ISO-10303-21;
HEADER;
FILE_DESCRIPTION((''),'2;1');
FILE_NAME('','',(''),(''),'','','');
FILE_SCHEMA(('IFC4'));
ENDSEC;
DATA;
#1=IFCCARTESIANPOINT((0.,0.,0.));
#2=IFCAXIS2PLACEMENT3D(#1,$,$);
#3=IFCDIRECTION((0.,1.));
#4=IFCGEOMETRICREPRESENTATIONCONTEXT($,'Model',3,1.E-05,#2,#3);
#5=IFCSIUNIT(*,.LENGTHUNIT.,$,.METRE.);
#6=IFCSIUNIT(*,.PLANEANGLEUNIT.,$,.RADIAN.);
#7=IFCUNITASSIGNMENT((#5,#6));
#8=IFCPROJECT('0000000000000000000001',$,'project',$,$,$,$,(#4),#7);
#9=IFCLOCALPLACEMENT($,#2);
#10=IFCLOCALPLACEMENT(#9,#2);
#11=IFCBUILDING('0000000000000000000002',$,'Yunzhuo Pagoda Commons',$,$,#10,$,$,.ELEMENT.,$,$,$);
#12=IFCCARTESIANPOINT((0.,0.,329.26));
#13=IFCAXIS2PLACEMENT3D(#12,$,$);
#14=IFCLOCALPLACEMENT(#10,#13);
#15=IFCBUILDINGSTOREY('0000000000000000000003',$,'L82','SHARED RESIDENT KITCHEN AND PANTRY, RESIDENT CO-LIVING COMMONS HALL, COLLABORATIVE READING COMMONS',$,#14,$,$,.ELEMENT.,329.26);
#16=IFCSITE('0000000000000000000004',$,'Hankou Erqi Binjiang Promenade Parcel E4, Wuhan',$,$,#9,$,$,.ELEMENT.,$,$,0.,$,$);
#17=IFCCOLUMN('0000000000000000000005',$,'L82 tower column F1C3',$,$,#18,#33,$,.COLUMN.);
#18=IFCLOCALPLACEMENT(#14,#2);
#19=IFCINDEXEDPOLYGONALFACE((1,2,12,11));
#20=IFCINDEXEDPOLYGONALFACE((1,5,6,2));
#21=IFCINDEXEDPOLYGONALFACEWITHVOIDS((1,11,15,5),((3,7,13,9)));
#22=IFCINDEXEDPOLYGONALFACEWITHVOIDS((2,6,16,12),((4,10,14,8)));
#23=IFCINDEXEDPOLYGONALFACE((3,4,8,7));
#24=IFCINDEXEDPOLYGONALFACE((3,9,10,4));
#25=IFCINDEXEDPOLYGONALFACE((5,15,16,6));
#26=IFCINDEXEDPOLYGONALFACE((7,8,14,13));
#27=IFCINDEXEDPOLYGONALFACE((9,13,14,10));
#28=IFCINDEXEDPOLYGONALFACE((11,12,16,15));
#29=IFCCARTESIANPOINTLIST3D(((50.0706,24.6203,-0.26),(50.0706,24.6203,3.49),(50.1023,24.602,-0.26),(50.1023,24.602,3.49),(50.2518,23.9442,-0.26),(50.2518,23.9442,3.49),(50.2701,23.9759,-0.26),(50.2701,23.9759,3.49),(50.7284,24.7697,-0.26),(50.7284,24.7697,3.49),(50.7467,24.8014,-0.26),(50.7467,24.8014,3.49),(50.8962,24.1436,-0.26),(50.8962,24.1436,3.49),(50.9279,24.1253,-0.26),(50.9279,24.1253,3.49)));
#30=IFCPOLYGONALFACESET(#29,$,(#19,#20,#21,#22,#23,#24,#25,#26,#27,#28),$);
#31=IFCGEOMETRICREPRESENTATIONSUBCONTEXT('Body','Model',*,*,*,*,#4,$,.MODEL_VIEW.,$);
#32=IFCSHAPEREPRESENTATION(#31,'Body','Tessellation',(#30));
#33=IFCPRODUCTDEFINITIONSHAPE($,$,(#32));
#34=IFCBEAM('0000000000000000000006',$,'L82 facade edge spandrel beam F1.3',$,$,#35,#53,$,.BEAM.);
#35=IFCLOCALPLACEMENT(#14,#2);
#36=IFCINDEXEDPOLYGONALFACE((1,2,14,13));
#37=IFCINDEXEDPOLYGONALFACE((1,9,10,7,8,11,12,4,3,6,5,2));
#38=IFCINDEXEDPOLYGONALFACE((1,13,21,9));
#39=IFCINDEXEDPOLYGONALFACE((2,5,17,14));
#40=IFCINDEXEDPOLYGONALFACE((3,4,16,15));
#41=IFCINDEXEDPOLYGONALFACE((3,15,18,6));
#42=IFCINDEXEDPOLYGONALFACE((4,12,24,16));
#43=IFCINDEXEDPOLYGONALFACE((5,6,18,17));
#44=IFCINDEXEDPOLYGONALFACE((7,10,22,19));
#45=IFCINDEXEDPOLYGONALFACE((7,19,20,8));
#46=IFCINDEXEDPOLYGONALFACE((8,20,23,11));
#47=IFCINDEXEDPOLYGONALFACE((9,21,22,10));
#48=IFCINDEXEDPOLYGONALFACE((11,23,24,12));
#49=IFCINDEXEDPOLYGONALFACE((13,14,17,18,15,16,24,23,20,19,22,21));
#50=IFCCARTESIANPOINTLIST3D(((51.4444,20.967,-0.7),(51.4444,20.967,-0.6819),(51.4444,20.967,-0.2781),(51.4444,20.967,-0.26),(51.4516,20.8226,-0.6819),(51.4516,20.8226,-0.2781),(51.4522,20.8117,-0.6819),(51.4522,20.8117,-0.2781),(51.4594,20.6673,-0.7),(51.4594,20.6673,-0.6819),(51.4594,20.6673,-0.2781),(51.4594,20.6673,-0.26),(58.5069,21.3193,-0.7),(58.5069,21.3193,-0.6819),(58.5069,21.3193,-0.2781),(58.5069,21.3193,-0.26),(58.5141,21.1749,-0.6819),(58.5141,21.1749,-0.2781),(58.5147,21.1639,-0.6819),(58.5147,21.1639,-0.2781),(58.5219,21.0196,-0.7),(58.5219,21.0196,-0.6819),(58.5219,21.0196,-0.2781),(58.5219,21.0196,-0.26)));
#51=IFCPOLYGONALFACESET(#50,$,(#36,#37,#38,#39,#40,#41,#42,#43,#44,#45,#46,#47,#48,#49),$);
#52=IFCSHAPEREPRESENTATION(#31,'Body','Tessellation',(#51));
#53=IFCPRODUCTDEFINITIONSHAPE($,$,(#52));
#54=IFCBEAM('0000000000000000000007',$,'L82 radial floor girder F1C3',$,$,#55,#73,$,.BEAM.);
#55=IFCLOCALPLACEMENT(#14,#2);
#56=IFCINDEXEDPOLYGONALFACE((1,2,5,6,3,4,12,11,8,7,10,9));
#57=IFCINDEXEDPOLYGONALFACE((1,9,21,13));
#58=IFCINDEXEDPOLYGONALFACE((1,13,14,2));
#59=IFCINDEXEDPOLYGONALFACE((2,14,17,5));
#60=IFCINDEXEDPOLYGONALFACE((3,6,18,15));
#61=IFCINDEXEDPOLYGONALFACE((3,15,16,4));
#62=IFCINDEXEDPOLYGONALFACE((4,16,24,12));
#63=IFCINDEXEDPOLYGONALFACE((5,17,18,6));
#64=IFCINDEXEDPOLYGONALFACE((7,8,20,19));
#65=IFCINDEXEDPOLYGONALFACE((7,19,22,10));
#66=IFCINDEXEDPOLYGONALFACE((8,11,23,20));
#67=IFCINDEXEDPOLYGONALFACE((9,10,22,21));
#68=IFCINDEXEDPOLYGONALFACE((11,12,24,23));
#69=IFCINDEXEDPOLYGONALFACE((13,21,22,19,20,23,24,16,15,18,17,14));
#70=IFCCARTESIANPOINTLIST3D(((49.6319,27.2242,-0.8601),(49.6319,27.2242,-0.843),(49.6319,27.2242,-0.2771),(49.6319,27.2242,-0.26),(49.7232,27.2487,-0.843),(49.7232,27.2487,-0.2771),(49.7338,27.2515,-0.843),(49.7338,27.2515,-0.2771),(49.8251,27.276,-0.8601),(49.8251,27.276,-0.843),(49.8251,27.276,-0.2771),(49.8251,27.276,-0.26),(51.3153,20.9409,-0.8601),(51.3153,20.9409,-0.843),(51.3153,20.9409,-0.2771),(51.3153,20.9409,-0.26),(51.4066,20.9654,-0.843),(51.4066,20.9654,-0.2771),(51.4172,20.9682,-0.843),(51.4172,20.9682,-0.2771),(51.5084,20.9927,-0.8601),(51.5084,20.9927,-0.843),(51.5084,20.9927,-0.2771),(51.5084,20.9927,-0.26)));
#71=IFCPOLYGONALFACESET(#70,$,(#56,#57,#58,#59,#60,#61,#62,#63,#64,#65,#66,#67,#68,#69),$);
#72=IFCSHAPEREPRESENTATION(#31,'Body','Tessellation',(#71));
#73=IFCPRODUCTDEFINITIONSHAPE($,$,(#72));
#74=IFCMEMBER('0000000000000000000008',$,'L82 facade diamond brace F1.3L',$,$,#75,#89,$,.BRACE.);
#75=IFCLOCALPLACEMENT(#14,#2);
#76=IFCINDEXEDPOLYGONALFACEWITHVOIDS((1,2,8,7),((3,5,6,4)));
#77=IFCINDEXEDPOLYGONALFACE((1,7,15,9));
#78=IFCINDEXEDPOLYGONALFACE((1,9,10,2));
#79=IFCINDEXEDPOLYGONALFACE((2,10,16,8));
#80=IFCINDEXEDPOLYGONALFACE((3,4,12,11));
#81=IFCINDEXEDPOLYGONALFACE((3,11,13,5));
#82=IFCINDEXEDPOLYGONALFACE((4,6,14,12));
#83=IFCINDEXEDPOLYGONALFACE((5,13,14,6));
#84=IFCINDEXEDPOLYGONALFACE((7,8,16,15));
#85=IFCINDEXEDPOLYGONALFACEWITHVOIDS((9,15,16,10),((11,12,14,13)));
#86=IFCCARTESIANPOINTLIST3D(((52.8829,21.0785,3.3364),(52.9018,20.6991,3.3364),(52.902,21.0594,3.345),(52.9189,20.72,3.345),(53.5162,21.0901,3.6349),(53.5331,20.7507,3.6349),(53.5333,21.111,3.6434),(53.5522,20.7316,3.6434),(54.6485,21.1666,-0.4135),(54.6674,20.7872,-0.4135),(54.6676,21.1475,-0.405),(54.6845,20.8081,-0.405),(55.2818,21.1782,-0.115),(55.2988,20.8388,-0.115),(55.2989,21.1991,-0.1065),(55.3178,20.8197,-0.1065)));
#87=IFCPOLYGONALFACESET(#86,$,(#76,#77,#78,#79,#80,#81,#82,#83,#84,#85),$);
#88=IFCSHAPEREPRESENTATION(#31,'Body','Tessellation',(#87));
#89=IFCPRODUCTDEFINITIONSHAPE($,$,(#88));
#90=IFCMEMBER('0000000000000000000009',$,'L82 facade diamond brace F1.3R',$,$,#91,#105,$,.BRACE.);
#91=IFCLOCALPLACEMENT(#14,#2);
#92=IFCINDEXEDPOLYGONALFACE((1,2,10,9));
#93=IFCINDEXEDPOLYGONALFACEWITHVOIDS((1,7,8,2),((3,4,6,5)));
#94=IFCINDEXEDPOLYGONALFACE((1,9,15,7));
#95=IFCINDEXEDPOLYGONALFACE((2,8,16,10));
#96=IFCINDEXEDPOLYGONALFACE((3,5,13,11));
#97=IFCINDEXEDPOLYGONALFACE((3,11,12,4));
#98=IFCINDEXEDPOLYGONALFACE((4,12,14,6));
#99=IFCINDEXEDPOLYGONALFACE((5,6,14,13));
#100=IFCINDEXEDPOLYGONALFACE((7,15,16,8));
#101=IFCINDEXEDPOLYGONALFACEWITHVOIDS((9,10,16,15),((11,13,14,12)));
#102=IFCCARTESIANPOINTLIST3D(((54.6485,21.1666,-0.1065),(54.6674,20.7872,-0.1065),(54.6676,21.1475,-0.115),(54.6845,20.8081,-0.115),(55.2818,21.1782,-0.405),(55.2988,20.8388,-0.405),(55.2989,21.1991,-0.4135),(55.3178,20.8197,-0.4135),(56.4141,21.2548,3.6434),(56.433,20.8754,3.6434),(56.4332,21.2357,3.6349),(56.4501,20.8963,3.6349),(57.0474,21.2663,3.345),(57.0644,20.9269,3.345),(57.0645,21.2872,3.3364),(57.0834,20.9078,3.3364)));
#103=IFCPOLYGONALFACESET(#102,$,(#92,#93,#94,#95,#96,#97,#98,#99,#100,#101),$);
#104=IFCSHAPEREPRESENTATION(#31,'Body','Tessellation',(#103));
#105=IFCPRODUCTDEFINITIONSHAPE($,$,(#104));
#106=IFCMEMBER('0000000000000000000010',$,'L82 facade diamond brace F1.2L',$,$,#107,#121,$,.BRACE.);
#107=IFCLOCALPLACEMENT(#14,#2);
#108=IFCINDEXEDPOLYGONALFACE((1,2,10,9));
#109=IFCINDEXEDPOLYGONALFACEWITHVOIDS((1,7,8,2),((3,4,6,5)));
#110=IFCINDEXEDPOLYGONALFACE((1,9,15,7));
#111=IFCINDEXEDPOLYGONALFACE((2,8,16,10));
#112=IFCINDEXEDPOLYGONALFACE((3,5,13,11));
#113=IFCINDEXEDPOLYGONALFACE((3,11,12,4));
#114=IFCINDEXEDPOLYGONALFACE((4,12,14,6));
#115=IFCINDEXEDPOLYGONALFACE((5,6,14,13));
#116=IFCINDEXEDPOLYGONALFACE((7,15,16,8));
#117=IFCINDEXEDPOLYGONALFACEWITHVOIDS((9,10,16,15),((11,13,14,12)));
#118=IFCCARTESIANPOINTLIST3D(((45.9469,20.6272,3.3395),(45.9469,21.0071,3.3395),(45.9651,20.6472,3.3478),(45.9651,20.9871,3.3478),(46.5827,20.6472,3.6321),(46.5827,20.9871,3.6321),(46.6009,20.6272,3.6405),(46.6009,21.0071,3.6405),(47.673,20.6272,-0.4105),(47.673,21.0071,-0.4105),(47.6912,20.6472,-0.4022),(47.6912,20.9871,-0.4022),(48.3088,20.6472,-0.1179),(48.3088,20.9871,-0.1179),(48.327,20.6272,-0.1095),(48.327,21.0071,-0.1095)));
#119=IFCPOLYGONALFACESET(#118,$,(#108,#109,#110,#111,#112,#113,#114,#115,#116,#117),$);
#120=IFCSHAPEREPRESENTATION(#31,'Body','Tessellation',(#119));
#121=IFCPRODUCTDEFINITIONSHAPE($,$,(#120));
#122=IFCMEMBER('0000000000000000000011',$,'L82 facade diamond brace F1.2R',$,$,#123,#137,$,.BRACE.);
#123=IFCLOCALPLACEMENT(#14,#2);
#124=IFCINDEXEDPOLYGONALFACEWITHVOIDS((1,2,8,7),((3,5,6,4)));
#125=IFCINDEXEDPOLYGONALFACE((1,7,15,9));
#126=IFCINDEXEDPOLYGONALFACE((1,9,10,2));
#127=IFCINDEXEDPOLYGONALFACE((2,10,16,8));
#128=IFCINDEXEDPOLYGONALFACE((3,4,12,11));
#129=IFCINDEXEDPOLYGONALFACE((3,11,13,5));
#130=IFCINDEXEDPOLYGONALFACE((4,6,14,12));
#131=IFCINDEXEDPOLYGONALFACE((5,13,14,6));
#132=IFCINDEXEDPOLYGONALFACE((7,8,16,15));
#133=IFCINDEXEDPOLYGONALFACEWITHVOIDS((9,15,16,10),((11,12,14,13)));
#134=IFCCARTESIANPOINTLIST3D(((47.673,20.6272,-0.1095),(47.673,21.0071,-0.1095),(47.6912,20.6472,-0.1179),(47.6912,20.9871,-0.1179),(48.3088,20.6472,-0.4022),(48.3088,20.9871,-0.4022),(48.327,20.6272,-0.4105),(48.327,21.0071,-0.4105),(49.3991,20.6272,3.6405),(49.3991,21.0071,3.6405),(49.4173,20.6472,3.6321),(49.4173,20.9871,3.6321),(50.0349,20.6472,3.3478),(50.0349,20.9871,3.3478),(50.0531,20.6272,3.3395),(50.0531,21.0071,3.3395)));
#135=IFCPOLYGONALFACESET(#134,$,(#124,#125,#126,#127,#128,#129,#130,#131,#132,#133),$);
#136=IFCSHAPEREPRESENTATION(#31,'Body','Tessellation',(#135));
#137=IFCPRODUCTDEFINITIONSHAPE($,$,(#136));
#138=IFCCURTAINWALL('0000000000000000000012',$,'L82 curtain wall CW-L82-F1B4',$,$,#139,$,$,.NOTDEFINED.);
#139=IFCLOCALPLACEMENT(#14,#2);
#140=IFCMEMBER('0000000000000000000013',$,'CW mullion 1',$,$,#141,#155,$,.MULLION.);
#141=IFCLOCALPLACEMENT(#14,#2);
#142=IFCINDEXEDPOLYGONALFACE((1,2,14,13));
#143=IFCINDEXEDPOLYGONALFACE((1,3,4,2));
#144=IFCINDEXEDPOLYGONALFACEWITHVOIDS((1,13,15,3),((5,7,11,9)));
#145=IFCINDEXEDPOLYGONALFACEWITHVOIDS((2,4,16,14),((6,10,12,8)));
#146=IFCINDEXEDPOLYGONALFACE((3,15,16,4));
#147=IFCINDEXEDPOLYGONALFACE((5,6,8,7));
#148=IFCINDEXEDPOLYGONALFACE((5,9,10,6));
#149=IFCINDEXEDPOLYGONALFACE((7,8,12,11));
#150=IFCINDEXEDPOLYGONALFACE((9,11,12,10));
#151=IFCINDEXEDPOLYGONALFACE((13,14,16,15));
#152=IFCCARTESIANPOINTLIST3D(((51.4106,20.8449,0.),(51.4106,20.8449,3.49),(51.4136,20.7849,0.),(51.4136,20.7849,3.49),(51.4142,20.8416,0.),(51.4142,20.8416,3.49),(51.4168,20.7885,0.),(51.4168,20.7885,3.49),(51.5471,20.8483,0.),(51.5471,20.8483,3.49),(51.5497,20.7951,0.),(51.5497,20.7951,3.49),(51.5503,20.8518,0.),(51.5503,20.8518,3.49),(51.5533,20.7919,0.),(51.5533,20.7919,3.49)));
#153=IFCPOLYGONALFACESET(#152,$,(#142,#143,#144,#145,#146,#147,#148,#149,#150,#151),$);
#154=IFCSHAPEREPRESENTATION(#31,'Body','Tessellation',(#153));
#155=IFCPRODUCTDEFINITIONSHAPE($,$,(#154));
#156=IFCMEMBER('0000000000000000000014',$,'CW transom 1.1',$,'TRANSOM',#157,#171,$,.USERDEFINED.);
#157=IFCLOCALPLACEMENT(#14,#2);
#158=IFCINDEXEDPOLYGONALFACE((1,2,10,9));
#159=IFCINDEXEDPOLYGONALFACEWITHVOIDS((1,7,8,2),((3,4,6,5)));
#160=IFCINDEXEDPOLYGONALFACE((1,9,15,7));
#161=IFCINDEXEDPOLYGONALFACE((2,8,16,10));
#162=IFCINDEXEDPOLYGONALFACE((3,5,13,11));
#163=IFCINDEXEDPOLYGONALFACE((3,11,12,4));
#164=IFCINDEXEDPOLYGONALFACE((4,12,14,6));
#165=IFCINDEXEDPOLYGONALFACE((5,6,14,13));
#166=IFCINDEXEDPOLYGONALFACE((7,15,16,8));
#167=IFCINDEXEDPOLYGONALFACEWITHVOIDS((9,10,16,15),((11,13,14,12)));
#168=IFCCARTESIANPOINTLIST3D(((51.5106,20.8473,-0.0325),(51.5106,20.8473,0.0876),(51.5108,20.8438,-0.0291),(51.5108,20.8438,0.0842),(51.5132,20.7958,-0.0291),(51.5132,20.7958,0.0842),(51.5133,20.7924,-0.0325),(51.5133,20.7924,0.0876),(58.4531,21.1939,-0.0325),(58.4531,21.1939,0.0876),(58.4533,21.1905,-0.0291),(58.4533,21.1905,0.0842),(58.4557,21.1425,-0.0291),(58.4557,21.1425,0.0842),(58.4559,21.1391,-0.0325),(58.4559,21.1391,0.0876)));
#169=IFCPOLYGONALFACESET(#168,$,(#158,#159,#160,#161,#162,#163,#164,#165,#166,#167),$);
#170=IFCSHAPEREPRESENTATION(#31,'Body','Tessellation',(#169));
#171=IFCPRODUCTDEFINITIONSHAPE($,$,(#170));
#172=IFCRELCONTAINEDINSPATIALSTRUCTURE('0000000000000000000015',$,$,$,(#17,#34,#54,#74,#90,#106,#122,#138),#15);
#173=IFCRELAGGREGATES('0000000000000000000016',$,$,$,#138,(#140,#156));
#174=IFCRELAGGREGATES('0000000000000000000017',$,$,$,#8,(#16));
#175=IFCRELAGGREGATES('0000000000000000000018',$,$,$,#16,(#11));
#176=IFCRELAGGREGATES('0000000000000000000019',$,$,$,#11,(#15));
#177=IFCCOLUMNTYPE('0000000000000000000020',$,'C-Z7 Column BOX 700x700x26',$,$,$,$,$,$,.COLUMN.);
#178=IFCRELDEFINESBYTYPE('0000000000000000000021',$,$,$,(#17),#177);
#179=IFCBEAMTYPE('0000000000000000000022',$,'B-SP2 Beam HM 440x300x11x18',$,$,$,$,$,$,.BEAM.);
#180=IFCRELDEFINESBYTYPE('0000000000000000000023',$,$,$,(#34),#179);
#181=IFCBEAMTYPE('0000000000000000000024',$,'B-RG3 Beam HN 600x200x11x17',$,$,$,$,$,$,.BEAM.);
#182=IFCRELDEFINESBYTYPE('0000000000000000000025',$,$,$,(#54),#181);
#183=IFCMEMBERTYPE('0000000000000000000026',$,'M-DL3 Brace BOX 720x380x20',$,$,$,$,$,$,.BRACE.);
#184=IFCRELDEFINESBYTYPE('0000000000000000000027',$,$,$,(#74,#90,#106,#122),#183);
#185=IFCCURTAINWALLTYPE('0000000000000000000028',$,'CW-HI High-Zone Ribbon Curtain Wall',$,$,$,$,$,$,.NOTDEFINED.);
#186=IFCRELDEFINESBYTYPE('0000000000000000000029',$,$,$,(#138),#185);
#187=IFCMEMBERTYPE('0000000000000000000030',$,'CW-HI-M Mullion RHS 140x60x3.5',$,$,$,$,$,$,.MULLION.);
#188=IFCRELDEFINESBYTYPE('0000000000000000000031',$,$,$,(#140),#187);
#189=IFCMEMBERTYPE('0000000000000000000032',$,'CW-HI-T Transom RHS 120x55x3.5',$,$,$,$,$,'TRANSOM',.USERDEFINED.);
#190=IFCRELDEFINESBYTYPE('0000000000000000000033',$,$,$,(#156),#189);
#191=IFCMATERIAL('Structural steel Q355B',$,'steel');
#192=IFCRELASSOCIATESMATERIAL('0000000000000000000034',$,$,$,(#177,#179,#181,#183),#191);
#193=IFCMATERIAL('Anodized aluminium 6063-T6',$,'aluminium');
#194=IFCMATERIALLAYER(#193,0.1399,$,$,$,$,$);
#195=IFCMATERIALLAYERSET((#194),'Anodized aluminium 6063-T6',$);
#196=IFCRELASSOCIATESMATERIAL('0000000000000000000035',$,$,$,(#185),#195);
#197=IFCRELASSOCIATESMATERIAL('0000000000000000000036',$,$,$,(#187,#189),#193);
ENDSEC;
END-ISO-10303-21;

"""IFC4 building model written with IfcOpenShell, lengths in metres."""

from ifc_helpers import new_model, si_unit, direction, frame, origin, origin_2d, place, context, subcontext, project, spatial, hollow_rectangle, i_section, extrude, source, transform, mapped, material, layer, layer_set, material_profile, profile_set, type_object, element, aggregate, save


model = new_model("IFC4")

# Units and contexts
model_context = context("Model", 3, precision=1e-05, world=origin(), true_north=direction((0.0, 1.0)))
body_context = subcontext(model_context, "Body", "Model", "MODEL_VIEW")
ifc_project = project(units=[si_unit("LENGTHUNIT", "METRE"), si_unit("PLANEANGLEUNIT", "RADIAN")], contexts=[model_context])

# Site, building, storey
site_placement = place(None, origin())
site = spatial("IfcSite", under=ifc_project, at=site_placement, Name="Hankou Erqi Binjiang Promenade Parcel E4, Wuhan", CompositionType="ELEMENT", RefElevation=0.0)
building_placement = place(site_placement, origin())
building = spatial("IfcBuilding", under=site, at=building_placement, Name="Yunzhuo Pagoda Commons", CompositionType="ELEMENT")
storey_placement = place(building_placement, frame((0.0, 0.0, 329.26)))
storey = spatial("IfcBuildingStorey", under=building, at=storey_placement, Name="L82", Description="SHARED RESIDENT KITCHEN AND PANTRY, RESIDENT CO-LIVING COMMONS HALL, COLLABORATIVE READING COMMONS", CompositionType="ELEMENT", Elevation=329.26)

# Column
ifc_material_1 = material(Name="Structural steel Q355B", Category="steel")
ifc_material_profile_1 = material_profile(ifc_material_1, hollow_rectangle(XDim=0.7, YDim=0.7, WallThickness=0.0259, at=origin_2d()), Name="Structural steel Q355B")
ifc_profile_set_1 = profile_set([ifc_material_profile_1], Name="Structural steel Q355B")
column_type = type_object("IfcColumnType", Name="C-Z7 Column BOX 700x700x26", PredefinedType="COLUMN", material=ifc_profile_set_1)
shared_shape_1 = source(origin(), body_context, "Body", "SweptSolid", [
    extrude(hollow_rectangle(XDim=0.7, YDim=0.7, WallThickness=0.0259, at=origin_2d()), origin(), (0.0, 0.0, 1.0), 3.75),
])
column_placement = place(storey_placement, frame((50.4993, 24.3728, -0.26), z_axis=(0.0, 0.0, 1.0), x_axis=(0.965926, 0.258819, 0.0)))
element("IfcColumn", 1, at=column_placement, inside=storey, type_object=column_type, Name="L82 tower column F1C3", PredefinedType="COLUMN", context=body_context, shape_type="MappedRepresentation", body=[
    mapped(shared_shape_1, transform((0.0, 0.0, 0.0), scale=1.0)),
])

# Beams
ifc_material_profile_2 = material_profile(ifc_material_1, i_section(OverallWidth=0.3, OverallDepth=0.4399, WebThickness=0.011, FlangeThickness=0.0181, at=origin_2d()), Name="Structural steel Q355B")
ifc_profile_set_2 = profile_set([ifc_material_profile_2], Name="Structural steel Q355B")
beam_type_1 = type_object("IfcBeamType", Name="B-SP2 Beam HM 440x300x11x18", PredefinedType="BEAM", material=ifc_profile_set_2)
shared_shape_2 = source(origin(), body_context, "Body", "SweptSolid", [
    extrude(i_section(OverallWidth=0.3, OverallDepth=0.4399, WebThickness=0.011, FlangeThickness=0.0181, at=origin_2d()), origin(), (0.0, 0.0, 1.0), 7.0713),
])
beam_1_placement = place(storey_placement, frame((51.4519, 20.8171, -0.48), z_axis=(0.998758, 0.049821, 0.0), x_axis=(-0.049821, 0.998758, 0.0)))
element("IfcBeam", 2, at=beam_1_placement, inside=storey, type_object=beam_type_1, Name="L82 facade edge spandrel beam F1.3", PredefinedType="BEAM", context=body_context, shape_type="MappedRepresentation", body=[
    mapped(shared_shape_2, transform((0.0, 0.0, 0.0), scale=1.0)),
])
ifc_material_profile_3 = material_profile(ifc_material_1, i_section(OverallWidth=0.2, OverallDepth=0.6001, WebThickness=0.011, FlangeThickness=0.0171, at=origin_2d()), Name="Structural steel Q355B")
ifc_profile_set_3 = profile_set([ifc_material_profile_3], Name="Structural steel Q355B")
beam_type_2 = type_object("IfcBeamType", Name="B-RG3 Beam HN 600x200x11x17", PredefinedType="BEAM", material=ifc_profile_set_3)
shared_shape_3 = source(origin(), body_context, "Body", "SweptSolid", [
    extrude(i_section(OverallWidth=0.2, OverallDepth=0.6001, WebThickness=0.011, FlangeThickness=0.0171, at=origin_2d()), origin(), (0.0, 0.0, 1.0), 6.5049),
])
beam_2_placement = place(storey_placement, frame((51.4119, 20.9668, -0.5601), z_axis=(-0.258786, 0.965935, 0.0), x_axis=(-0.965935, -0.258786, 0.0)))
element("IfcBeam", 3, at=beam_2_placement, inside=storey, type_object=beam_type_2, Name="L82 radial floor girder F1C3", PredefinedType="BEAM", context=body_context, shape_type="MappedRepresentation", body=[
    mapped(shared_shape_3, transform((0.0, 0.0, 0.0), scale=1.0)),
])

# Members
ifc_material_profile_4 = material_profile(ifc_material_1, hollow_rectangle(XDim=0.3799, YDim=0.72, WallThickness=0.02, at=origin_2d()), Name="Structural steel Q355B")
ifc_profile_set_4 = profile_set([ifc_material_profile_4], Name="Structural steel Q355B")
member_type_1 = type_object("IfcMemberType", Name="M-DL3 Brace BOX 720x380x20", PredefinedType="BRACE", material=ifc_profile_set_4)
shared_shape_4 = source(origin(), body_context, "Body", "SweptSolid", [
    extrude(hollow_rectangle(XDim=0.3799, YDim=0.72, WallThickness=0.02, at=origin_2d()), origin(), (0.0, 0.0, 1.0), 4.1458),
])
for number, where, z_axis, x_axis, name in (
    (4, (54.9832, 20.9932, -0.26), (-0.425882, -0.021259, 0.904529), (0.049855, -0.998756, 0.0), "L82 facade diamond brace F1.3L"),
    (5, (54.9832, 20.9932, -0.26), (0.425882, 0.021259, 0.904529), (-0.049855, 0.998756, 0.0), "L82 facade diamond brace F1.3R"),
):
    element("IfcMember", number, at=place(storey_placement, frame(where, z_axis=z_axis, x_axis=x_axis)), inside=storey, type_object=member_type_1, Name=name, PredefinedType="BRACE", context=body_context, shape_type="MappedRepresentation", body=[
        mapped(shared_shape_4, transform((0.0, 0.0, 0.0), scale=1.0)),
    ])
shared_shape_5 = source(origin(), body_context, "Body", "SweptSolid", [
    extrude(hollow_rectangle(XDim=0.3799, YDim=0.72, WallThickness=0.02, at=origin_2d()), origin(), (0.0, 0.0, 1.0), 4.1282),
])
for number, where, z_axis, x_axis, name in (
    (6, (48.0, 20.8171, -0.26), (-0.41812, 0.0, 0.908392), (0.0, -1.0, 0.0), "L82 facade diamond brace F1.2L"),
    (7, (48.0, 20.8171, -0.26), (0.41812, 0.0, 0.908392), (0.0, 1.0, 0.0), "L82 facade diamond brace F1.2R"),
):
    element("IfcMember", number, at=place(storey_placement, frame(where, z_axis=z_axis, x_axis=x_axis)), inside=storey, type_object=member_type_1, Name=name, PredefinedType="BRACE", context=body_context, shape_type="MappedRepresentation", body=[
        mapped(shared_shape_5, transform((0.0, 0.0, 0.0), scale=1.0)),
    ])

# Curtain wall, members
ifc_material_2 = material(Name="Anodized aluminium 6063-T6", Category="aluminium")
ifc_layer_1 = layer(ifc_material_2, 0.1399)
ifc_layer_set_1 = layer_set([ifc_layer_1], Name="Anodized aluminium 6063-T6")
curtain_wall_type = type_object("IfcCurtainWallType", Name="CW-HI High-Zone Ribbon Curtain Wall", PredefinedType="NOTDEFINED", material=ifc_layer_set_1)
curtain_wall_1_placement = place(storey_placement, origin())
curtain_wall_1 = element("IfcCurtainWall", 8, at=curtain_wall_1_placement, inside=storey, type_object=curtain_wall_type, Name="L82 curtain wall CW-L82-F1B4", PredefinedType="NOTDEFINED")
ifc_material_profile_5 = material_profile(ifc_material_2, hollow_rectangle(XDim=0.0601, YDim=0.1399, WallThickness=0.0034, at=origin_2d()), Name="Anodized aluminium 6063-T6")
ifc_profile_set_5 = profile_set([ifc_material_profile_5], Name="Anodized aluminium 6063-T6")
member_type_2 = type_object("IfcMemberType", Name="CW-HI-M Mullion RHS 140x60x3.5", PredefinedType="MULLION", material=ifc_profile_set_5)
shared_shape_6 = source(origin(), body_context, "Body", "SweptSolid", [
    extrude(hollow_rectangle(XDim=0.0601, YDim=0.1399, WallThickness=0.0034, at=origin_2d()), origin(), (0.0, 0.0, 1.0), 3.49),
])
member_1_placement = place(storey_placement, frame((51.4819, 20.8184, 0.0), z_axis=(0.0, 0.0, 1.0), x_axis=(-0.04985, 0.998757, 0.0)))
member_1 = element("IfcMember", 9, at=member_1_placement, type_object=member_type_2, Name="CW mullion 1", PredefinedType="MULLION", context=body_context, shape_type="MappedRepresentation", body=[
    mapped(shared_shape_6, transform((0.0, 0.0, 0.0), scale=1.0)),
])
ifc_material_profile_6 = material_profile(ifc_material_2, hollow_rectangle(XDim=0.0549, YDim=0.1201, WallThickness=0.0034, at=origin_2d()), Name="Anodized aluminium 6063-T6")
ifc_profile_set_6 = profile_set([ifc_material_profile_6], Name="Anodized aluminium 6063-T6")
member_type_3 = type_object("IfcMemberType", Name="CW-HI-T Transom RHS 120x55x3.5", ElementType="TRANSOM", PredefinedType="USERDEFINED", material=ifc_profile_set_6)
shared_shape_7 = source(origin(), body_context, "Body", "SweptSolid", [
    extrude(hollow_rectangle(XDim=0.0549, YDim=0.1201, WallThickness=0.0034, at=origin_2d()), origin(), (0.0, 0.0, 1.0), 6.9512),
])
member_2_placement = place(storey_placement, frame((51.512, 20.8198, 0.0276), z_axis=(0.998756, 0.049873, 0.0), x_axis=(-0.049873, 0.998756, 0.0)))
member_2 = element("IfcMember", 10, at=member_2_placement, type_object=member_type_3, Name="CW transom 1.1", ObjectType="TRANSOM", PredefinedType="USERDEFINED", context=body_context, shape_type="MappedRepresentation", body=[
    mapped(shared_shape_7, transform((0.0, 0.0, 0.0), scale=1.0)),
])

aggregate(curtain_wall_1, [member_1, member_2])

save(model, "model.ifc")
